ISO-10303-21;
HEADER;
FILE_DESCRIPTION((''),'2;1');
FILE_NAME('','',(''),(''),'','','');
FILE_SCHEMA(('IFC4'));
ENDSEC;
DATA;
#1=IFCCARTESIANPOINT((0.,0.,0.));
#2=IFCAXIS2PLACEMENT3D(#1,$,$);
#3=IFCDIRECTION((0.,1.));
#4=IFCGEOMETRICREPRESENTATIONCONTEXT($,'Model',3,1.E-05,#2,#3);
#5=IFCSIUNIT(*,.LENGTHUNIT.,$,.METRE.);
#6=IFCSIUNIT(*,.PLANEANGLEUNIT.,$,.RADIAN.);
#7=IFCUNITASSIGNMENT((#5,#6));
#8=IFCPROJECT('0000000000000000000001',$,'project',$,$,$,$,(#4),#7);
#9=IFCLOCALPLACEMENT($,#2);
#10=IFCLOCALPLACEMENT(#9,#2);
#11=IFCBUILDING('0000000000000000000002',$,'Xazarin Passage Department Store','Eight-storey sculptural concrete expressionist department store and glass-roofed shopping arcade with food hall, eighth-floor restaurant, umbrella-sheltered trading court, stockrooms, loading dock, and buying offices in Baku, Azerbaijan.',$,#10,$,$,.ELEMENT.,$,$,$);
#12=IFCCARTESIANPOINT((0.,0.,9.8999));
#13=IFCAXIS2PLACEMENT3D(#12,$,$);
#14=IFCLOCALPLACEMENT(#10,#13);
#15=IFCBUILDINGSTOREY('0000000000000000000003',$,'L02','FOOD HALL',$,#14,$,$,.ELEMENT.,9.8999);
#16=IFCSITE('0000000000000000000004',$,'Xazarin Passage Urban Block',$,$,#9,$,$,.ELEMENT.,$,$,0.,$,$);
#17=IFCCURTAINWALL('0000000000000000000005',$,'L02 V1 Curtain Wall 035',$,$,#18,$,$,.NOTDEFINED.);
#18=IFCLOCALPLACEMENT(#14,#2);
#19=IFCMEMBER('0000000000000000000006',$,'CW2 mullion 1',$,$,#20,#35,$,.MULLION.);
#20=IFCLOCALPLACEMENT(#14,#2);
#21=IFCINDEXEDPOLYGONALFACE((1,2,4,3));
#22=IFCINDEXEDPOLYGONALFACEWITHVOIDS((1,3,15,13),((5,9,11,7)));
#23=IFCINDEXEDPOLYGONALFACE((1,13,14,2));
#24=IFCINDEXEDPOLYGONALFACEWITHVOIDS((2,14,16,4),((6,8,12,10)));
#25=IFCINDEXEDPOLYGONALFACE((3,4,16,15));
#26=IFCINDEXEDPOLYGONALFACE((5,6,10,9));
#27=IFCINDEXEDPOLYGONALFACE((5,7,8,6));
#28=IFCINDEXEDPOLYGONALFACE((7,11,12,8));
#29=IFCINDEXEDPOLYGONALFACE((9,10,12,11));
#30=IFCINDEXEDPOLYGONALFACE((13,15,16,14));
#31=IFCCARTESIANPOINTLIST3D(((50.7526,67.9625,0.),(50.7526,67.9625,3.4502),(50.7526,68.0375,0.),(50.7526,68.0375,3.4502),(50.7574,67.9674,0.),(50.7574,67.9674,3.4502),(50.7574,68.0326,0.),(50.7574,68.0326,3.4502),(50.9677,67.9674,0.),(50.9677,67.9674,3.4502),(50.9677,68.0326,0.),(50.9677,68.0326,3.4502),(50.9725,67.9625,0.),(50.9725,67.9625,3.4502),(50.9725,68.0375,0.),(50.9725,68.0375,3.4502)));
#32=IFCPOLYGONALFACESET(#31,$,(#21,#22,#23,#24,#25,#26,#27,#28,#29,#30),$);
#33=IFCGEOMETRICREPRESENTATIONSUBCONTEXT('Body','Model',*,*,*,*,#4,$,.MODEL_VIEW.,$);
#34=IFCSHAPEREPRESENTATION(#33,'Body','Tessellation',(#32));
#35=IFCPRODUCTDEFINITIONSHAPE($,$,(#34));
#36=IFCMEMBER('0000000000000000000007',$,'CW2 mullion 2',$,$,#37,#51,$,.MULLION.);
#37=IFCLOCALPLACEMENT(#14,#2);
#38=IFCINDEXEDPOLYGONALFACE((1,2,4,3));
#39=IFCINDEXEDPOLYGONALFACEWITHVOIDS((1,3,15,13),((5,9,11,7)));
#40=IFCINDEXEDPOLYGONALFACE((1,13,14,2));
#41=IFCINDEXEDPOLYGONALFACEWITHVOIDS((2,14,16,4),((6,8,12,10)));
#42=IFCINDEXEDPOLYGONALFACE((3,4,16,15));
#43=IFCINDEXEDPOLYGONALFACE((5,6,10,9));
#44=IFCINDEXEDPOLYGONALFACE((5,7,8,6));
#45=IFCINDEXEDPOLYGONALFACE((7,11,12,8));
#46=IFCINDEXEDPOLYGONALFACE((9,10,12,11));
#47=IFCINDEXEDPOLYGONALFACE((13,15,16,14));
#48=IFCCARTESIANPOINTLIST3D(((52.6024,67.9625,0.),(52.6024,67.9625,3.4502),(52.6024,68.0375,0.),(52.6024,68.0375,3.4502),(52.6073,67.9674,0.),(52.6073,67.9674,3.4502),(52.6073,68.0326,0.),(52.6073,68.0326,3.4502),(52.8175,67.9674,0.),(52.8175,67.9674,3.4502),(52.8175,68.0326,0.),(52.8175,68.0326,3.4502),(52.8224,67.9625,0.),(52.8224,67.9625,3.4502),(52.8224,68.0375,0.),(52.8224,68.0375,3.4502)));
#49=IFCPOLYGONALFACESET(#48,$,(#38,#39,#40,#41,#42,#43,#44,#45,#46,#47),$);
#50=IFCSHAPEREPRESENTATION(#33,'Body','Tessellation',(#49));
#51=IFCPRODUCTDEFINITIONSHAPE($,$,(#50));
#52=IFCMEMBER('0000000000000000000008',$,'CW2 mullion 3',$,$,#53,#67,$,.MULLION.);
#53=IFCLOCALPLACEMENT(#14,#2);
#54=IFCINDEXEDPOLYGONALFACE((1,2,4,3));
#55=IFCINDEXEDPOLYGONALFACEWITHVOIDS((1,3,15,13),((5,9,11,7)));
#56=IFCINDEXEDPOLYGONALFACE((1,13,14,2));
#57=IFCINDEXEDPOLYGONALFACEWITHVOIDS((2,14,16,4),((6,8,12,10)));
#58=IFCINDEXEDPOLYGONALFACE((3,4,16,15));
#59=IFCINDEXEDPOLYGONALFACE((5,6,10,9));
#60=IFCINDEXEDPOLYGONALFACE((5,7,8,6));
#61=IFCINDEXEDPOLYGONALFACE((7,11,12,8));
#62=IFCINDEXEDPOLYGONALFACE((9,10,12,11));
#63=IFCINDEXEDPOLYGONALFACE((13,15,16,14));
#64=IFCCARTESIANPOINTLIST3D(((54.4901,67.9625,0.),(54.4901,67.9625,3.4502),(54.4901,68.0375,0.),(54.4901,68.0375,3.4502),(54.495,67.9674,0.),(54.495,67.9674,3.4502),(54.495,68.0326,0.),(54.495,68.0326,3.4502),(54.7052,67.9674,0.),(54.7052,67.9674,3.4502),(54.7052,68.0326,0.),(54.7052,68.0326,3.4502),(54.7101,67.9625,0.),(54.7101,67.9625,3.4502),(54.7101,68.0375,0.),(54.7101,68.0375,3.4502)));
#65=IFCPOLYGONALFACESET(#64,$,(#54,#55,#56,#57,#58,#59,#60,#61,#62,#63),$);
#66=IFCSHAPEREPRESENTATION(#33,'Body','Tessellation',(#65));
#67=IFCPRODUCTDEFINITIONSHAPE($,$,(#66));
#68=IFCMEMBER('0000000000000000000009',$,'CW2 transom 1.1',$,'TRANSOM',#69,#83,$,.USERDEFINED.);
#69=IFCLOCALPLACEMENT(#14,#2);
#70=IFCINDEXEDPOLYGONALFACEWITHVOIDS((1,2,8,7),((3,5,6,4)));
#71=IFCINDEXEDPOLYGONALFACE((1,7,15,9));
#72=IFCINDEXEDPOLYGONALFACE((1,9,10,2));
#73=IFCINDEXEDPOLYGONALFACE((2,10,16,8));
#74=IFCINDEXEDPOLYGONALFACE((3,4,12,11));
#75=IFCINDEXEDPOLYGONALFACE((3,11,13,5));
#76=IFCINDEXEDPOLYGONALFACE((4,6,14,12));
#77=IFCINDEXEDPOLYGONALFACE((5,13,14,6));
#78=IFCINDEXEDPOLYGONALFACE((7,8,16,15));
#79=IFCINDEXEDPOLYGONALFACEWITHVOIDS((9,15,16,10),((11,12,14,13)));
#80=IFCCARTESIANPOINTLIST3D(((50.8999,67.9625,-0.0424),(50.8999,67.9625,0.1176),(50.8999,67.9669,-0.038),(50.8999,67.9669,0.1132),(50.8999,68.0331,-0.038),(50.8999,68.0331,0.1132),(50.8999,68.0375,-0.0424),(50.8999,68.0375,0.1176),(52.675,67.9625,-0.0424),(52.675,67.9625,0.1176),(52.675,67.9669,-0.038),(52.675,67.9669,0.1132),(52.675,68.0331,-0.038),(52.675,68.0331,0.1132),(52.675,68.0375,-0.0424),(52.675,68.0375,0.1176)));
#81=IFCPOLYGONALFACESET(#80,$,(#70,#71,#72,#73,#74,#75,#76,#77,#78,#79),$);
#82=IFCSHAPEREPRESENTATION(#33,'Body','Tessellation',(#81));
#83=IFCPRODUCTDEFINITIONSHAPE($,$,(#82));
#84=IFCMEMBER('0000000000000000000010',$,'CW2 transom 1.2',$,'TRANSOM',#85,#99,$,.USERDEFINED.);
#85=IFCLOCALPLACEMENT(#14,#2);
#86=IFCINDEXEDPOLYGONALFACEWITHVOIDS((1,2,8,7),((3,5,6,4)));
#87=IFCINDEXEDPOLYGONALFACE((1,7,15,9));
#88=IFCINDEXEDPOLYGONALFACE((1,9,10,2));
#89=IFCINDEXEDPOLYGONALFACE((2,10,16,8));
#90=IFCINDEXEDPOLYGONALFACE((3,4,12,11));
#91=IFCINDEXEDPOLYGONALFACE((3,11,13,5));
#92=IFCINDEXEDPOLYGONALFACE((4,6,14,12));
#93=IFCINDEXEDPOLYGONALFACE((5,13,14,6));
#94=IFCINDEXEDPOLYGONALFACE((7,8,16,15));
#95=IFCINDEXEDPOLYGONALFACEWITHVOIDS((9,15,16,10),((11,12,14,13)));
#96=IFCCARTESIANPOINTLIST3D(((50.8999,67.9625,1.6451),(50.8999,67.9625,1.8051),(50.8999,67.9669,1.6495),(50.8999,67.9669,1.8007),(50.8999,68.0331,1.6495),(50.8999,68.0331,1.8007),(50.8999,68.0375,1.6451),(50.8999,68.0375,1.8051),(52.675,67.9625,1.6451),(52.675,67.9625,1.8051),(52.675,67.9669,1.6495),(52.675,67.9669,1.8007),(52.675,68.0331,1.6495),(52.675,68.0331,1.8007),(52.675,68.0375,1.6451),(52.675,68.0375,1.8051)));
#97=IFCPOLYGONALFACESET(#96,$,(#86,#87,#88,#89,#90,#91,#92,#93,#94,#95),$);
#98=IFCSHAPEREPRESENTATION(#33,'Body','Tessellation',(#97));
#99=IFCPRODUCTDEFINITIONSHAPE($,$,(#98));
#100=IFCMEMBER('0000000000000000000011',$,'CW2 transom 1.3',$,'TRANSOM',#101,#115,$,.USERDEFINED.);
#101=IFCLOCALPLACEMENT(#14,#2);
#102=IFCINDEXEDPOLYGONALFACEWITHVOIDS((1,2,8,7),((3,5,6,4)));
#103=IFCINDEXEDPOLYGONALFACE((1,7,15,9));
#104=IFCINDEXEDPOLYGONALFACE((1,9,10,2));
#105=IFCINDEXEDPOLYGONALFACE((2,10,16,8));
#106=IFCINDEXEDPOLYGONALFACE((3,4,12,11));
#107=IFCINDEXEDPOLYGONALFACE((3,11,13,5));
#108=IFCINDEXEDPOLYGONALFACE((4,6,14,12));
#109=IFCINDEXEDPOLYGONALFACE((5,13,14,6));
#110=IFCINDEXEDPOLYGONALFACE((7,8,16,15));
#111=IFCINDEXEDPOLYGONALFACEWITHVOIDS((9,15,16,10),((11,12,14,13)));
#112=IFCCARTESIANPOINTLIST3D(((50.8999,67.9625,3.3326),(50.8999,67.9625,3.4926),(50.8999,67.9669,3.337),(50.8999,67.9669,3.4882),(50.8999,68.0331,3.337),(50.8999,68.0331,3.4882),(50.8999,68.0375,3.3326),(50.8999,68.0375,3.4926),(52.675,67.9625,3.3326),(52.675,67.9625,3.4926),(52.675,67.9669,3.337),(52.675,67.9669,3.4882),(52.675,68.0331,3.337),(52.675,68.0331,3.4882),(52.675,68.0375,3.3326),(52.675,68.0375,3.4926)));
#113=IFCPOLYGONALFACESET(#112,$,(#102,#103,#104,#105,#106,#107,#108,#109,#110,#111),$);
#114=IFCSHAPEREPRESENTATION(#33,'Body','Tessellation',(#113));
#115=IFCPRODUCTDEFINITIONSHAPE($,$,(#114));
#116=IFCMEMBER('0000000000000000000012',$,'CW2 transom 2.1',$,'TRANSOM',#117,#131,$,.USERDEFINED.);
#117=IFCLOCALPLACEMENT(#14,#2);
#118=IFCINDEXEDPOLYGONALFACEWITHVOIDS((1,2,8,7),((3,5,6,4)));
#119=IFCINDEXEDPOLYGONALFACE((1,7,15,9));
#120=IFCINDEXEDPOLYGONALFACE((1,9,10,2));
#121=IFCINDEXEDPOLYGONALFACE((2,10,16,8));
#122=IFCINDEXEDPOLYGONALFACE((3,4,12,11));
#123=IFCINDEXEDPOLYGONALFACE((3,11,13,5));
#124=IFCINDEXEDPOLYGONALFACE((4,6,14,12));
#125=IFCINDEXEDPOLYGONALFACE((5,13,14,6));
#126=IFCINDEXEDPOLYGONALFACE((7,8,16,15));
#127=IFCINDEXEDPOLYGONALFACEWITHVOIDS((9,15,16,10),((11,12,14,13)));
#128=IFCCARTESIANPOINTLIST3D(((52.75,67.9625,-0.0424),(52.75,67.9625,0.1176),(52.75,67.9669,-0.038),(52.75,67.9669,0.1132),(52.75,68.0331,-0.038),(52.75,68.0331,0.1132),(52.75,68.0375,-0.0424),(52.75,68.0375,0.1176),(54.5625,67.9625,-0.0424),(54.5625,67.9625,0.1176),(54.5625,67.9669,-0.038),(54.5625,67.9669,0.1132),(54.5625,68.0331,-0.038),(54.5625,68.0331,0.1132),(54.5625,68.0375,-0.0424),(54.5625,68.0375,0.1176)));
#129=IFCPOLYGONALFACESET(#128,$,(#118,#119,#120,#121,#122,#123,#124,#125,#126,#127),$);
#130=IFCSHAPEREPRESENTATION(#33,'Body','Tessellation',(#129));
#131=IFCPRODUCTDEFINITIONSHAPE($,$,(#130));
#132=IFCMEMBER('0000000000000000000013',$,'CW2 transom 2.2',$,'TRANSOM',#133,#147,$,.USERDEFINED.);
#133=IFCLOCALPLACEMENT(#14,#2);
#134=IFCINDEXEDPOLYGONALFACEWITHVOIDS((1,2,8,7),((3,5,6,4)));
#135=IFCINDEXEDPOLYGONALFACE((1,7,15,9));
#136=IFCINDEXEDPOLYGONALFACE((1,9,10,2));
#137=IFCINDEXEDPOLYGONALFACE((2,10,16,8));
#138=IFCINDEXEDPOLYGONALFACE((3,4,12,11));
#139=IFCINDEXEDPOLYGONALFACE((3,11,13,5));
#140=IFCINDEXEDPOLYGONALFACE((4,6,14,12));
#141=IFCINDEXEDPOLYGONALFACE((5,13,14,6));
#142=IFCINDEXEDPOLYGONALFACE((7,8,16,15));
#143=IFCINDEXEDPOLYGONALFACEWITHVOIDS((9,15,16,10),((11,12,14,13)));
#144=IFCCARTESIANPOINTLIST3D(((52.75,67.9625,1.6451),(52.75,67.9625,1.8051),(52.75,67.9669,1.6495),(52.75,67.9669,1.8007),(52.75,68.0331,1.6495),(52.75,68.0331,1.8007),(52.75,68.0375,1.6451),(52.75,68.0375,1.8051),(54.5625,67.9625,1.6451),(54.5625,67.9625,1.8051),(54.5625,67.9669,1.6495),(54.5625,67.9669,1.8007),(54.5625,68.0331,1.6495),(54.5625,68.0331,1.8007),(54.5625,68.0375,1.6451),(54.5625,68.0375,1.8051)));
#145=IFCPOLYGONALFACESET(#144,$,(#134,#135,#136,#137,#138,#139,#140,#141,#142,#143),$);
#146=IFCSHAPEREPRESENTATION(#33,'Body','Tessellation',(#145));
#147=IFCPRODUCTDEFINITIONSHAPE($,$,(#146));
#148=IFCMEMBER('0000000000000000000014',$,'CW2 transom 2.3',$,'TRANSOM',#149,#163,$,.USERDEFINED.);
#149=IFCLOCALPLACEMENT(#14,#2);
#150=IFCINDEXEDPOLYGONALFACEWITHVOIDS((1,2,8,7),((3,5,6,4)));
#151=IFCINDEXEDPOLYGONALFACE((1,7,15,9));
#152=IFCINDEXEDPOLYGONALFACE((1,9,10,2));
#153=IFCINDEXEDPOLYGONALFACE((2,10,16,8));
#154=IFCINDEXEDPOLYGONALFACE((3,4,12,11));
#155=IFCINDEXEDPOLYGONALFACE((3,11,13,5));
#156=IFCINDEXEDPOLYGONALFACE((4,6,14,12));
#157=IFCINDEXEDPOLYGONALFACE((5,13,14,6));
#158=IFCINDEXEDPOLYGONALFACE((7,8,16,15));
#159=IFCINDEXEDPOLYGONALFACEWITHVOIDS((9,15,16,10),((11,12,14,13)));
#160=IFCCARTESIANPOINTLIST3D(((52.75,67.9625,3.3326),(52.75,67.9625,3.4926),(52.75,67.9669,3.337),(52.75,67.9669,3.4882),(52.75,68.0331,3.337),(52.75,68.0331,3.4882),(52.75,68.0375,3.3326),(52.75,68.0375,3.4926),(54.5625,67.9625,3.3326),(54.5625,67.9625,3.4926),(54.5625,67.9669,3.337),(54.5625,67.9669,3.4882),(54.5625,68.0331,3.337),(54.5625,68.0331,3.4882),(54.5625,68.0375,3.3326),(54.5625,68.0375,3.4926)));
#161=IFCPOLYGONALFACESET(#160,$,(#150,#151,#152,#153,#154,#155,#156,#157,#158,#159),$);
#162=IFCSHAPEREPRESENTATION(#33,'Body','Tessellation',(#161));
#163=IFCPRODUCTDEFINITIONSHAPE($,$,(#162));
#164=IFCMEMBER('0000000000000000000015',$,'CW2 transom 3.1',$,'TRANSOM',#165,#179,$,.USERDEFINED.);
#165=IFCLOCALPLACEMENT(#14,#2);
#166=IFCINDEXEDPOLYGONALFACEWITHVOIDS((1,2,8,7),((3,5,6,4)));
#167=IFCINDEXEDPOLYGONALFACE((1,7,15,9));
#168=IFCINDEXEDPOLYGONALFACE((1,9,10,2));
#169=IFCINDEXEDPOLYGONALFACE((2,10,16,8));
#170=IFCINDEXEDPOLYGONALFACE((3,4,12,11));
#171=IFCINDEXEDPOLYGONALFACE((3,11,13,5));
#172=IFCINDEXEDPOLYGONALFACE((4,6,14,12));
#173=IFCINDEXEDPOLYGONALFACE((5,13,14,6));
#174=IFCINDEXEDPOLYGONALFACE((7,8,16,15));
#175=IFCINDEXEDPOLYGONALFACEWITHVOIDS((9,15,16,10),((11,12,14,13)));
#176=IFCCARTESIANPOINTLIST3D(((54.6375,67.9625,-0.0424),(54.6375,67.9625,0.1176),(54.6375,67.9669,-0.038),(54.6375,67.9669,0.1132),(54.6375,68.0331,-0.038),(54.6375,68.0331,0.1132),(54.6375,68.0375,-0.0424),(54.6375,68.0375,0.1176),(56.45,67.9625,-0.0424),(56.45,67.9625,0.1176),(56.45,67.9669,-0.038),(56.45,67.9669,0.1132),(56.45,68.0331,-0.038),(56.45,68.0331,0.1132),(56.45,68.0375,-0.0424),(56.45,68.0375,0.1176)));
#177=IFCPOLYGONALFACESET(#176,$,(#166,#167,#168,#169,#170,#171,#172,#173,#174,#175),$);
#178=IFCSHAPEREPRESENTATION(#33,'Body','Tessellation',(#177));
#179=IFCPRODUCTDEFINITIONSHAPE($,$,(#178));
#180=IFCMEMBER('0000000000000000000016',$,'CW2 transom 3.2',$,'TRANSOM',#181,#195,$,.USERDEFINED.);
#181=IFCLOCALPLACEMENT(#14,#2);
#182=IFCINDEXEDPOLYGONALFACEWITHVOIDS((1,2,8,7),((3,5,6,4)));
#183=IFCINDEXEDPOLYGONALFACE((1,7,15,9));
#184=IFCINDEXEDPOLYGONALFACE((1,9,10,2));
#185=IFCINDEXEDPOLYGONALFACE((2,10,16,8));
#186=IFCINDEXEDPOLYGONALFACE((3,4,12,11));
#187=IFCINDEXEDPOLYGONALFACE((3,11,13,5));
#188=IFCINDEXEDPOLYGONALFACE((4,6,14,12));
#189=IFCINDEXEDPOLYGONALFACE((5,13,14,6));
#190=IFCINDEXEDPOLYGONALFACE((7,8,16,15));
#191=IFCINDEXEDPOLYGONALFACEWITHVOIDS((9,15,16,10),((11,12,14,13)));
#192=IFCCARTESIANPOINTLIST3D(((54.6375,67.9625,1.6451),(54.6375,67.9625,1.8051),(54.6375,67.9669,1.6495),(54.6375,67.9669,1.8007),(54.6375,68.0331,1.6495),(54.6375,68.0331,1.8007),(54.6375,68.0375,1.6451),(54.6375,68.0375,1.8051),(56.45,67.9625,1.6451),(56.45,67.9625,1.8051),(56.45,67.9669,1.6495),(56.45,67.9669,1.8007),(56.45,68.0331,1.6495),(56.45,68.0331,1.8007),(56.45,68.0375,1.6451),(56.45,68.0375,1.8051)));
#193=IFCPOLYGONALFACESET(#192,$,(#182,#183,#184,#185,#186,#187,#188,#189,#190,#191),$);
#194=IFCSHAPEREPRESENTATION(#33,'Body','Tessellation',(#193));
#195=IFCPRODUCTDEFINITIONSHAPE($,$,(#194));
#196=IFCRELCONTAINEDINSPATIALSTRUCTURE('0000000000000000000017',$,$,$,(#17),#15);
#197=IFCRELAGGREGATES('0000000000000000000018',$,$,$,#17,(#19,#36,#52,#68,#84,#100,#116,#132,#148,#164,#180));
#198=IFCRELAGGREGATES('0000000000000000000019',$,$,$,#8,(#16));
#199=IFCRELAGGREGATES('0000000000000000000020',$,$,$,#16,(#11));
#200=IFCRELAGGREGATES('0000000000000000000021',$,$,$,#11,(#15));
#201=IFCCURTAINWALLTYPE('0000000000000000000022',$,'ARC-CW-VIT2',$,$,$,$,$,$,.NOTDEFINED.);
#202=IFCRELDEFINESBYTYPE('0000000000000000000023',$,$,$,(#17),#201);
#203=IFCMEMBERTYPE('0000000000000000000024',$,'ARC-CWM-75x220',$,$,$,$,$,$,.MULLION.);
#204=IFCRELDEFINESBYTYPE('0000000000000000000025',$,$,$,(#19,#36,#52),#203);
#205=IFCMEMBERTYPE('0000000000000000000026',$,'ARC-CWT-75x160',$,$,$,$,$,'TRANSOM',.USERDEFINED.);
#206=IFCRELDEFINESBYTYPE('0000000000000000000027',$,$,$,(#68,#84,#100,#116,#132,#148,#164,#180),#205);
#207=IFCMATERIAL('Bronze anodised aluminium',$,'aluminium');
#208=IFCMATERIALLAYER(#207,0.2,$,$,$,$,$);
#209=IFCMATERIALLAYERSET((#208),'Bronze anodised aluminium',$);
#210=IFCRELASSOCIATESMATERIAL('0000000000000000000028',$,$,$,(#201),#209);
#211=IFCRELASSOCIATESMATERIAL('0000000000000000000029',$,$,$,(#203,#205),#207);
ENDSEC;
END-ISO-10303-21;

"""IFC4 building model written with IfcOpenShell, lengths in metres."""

from ifc_helpers import new_model, si_unit, direction, frame, origin, origin_2d, place, context, subcontext, project, spatial, hollow_rectangle, extrude, material, layer, layer_set, material_profile, profile_set, type_object, element, aggregate, save


model = new_model("IFC4")

# Units and contexts
model_context = context("Model", 3, precision=1e-05, world=origin(), true_north=direction((0.0, 1.0)))
body_context = subcontext(model_context, "Body", "Model", "MODEL_VIEW")
ifc_project = project(units=[si_unit("LENGTHUNIT", "METRE"), si_unit("PLANEANGLEUNIT", "RADIAN")], contexts=[model_context])

# Site, building, storey
site_placement = place(None, origin())
site = spatial("IfcSite", under=ifc_project, at=site_placement, Name="Xazarin Passage Urban Block", CompositionType="ELEMENT", RefElevation=0.0)
building_placement = place(site_placement, origin())
building = spatial("IfcBuilding", under=site, at=building_placement, Name="Xazarin Passage Department Store", Description="Eight-storey sculptural concrete expressionist department store and glass-roofed shopping arcade with food hall, eighth-floor restaurant, umbrella-sheltered trading court, stockrooms, loading dock, and buying offices in Baku, Azerbaijan.", CompositionType="ELEMENT")
storey_placement = place(building_placement, frame((0.0, 0.0, 9.8999)))
storey = spatial("IfcBuildingStorey", under=building, at=storey_placement, Name="L02", Description="FOOD HALL", CompositionType="ELEMENT", Elevation=9.8999)

# Curtain wall, members
ifc_material_1 = material(Name="Bronze anodised aluminium", Category="aluminium")
ifc_layer_1 = layer(ifc_material_1, 0.2)
ifc_layer_set_1 = layer_set([ifc_layer_1], Name="Bronze anodised aluminium")
curtain_wall_type = type_object("IfcCurtainWallType", Name="ARC-CW-VIT2", PredefinedType="NOTDEFINED", material=ifc_layer_set_1)
curtain_wall_placement = place(storey_placement, origin())
curtain_wall = element("IfcCurtainWall", 1, at=curtain_wall_placement, inside=storey, type_object=curtain_wall_type, Name="L02 V1 Curtain Wall 035", PredefinedType="NOTDEFINED")
ifc_material_profile_1 = material_profile(ifc_material_1, hollow_rectangle(XDim=0.075, YDim=0.22, WallThickness=0.0049, at=origin_2d()), Name="ALU 75x220")
ifc_profile_set_1 = profile_set([ifc_material_profile_1], Name="Bronze anodised aluminium")
member_type_1 = type_object("IfcMemberType", Name="ARC-CWM-75x220", PredefinedType="MULLION", material=ifc_profile_set_1)
member_1_placement = place(storey_placement, frame((50.8625, 68.0, 0.0), z_axis=(0.0, 0.0, 1.0), x_axis=(0.0, 1.0, 0.0)))
member_1 = element("IfcMember", 2, at=member_1_placement, type_object=member_type_1, Name="CW2 mullion 1", PredefinedType="MULLION", context=body_context, shape_type="SweptSolid", body=[
    extrude(hollow_rectangle(XDim=0.075, YDim=0.22, WallThickness=0.0049, at=origin_2d()), origin(), (0.0, 0.0, 1.0), 3.4502),
])
member_2_placement = place(storey_placement, frame((52.7124, 68.0, 0.0), z_axis=(0.0, 0.0, 1.0), x_axis=(0.0, 1.0, 0.0)))
member_2 = element("IfcMember", 3, at=member_2_placement, type_object=member_type_1, Name="CW2 mullion 2", PredefinedType="MULLION", context=body_context, shape_type="SweptSolid", body=[
    extrude(hollow_rectangle(XDim=0.075, YDim=0.22, WallThickness=0.0049, at=origin_2d()), origin(), (0.0, 0.0, 1.0), 3.4502),
])
member_3_placement = place(storey_placement, frame((54.6001, 68.0, 0.0), z_axis=(0.0, 0.0, 1.0), x_axis=(0.0, 1.0, 0.0)))
member_3 = element("IfcMember", 4, at=member_3_placement, type_object=member_type_1, Name="CW2 mullion 3", PredefinedType="MULLION", context=body_context, shape_type="SweptSolid", body=[
    extrude(hollow_rectangle(XDim=0.075, YDim=0.22, WallThickness=0.0049, at=origin_2d()), origin(), (0.0, 0.0, 1.0), 3.4502),
])
ifc_material_profile_2 = material_profile(ifc_material_1, hollow_rectangle(XDim=0.075, YDim=0.1599, WallThickness=0.0044, at=origin_2d()), Name="ALU 75x160")
ifc_profile_set_2 = profile_set([ifc_material_profile_2], Name="Bronze anodised aluminium")
member_type_2 = type_object("IfcMemberType", Name="ARC-CWT-75x160", ElementType="TRANSOM", PredefinedType="USERDEFINED", material=ifc_profile_set_2)
member_4_placement = place(storey_placement, frame((50.8999, 68.0, 0.0376), z_axis=(1.0, 0.0, 0.0), x_axis=(0.0, 1.0, 0.0)))
member_4 = element("IfcMember", 5, at=member_4_placement, type_object=member_type_2, Name="CW2 transom 1.1", ObjectType="TRANSOM", PredefinedType="USERDEFINED", context=body_context, shape_type="SweptSolid", body=[
    extrude(hollow_rectangle(XDim=0.075, YDim=0.1599, WallThickness=0.0044, at=origin_2d()), origin(), (0.0, 0.0, 1.0), 1.7751),
])
member_5_placement = place(storey_placement, frame((50.8999, 68.0, 1.7251), z_axis=(1.0, 0.0, 0.0), x_axis=(0.0, 1.0, 0.0)))
member_5 = element("IfcMember", 6, at=member_5_placement, type_object=member_type_2, Name="CW2 transom 1.2", ObjectType="TRANSOM", PredefinedType="USERDEFINED", context=body_context, shape_type="SweptSolid", body=[
    extrude(hollow_rectangle(XDim=0.075, YDim=0.1599, WallThickness=0.0044, at=origin_2d()), origin(), (0.0, 0.0, 1.0), 1.7751),
])
member_6_placement = place(storey_placement, frame((50.8999, 68.0, 3.4126), z_axis=(1.0, 0.0, 0.0), x_axis=(0.0, 1.0, 0.0)))
member_6 = element("IfcMember", 7, at=member_6_placement, type_object=member_type_2, Name="CW2 transom 1.3", ObjectType="TRANSOM", PredefinedType="USERDEFINED", context=body_context, shape_type="SweptSolid", body=[
    extrude(hollow_rectangle(XDim=0.075, YDim=0.1599, WallThickness=0.0044, at=origin_2d()), origin(), (0.0, 0.0, 1.0), 1.7751),
])
member_7_placement = place(storey_placement, frame((52.75, 68.0, 0.0376), z_axis=(1.0, 0.0, 0.0), x_axis=(0.0, 1.0, 0.0)))
member_7 = element("IfcMember", 8, at=member_7_placement, type_object=member_type_2, Name="CW2 transom 2.1", ObjectType="TRANSOM", PredefinedType="USERDEFINED", context=body_context, shape_type="SweptSolid", body=[
    extrude(hollow_rectangle(XDim=0.075, YDim=0.1599, WallThickness=0.0044, at=origin_2d()), origin(), (0.0, 0.0, 1.0), 1.8125),
])
member_8_placement = place(storey_placement, frame((52.75, 68.0, 1.7251), z_axis=(1.0, 0.0, 0.0), x_axis=(0.0, 1.0, 0.0)))
member_8 = element("IfcMember", 9, at=member_8_placement, type_object=member_type_2, Name="CW2 transom 2.2", ObjectType="TRANSOM", PredefinedType="USERDEFINED", context=body_context, shape_type="SweptSolid", body=[
    extrude(hollow_rectangle(XDim=0.075, YDim=0.1599, WallThickness=0.0044, at=origin_2d()), origin(), (0.0, 0.0, 1.0), 1.8125),
])
member_9_placement = place(storey_placement, frame((52.75, 68.0, 3.4126), z_axis=(1.0, 0.0, 0.0), x_axis=(0.0, 1.0, 0.0)))
member_9 = element("IfcMember", 10, at=member_9_placement, type_object=member_type_2, Name="CW2 transom 2.3", ObjectType="TRANSOM", PredefinedType="USERDEFINED", context=body_context, shape_type="SweptSolid", body=[
    extrude(hollow_rectangle(XDim=0.075, YDim=0.1599, WallThickness=0.0044, at=origin_2d()), origin(), (0.0, 0.0, 1.0), 1.8125),
])
member_10_placement = place(storey_placement, frame((54.6375, 68.0, 0.0376), z_axis=(1.0, 0.0, 0.0), x_axis=(0.0, 1.0, 0.0)))
member_10 = element("IfcMember", 11, at=member_10_placement, type_object=member_type_2, Name="CW2 transom 3.1", ObjectType="TRANSOM", PredefinedType="USERDEFINED", context=body_context, shape_type="SweptSolid", body=[
    extrude(hollow_rectangle(XDim=0.075, YDim=0.1599, WallThickness=0.0044, at=origin_2d()), origin(), (0.0, 0.0, 1.0), 1.8125),
])
member_11_placement = place(storey_placement, frame((54.6375, 68.0, 1.7251), z_axis=(1.0, 0.0, 0.0), x_axis=(0.0, 1.0, 0.0)))
member_11 = element("IfcMember", 12, at=member_11_placement, type_object=member_type_2, Name="CW2 transom 3.2", ObjectType="TRANSOM", PredefinedType="USERDEFINED", context=body_context, shape_type="SweptSolid", body=[
    extrude(hollow_rectangle(XDim=0.075, YDim=0.1599, WallThickness=0.0044, at=origin_2d()), origin(), (0.0, 0.0, 1.0), 1.8125),
])

aggregate(curtain_wall, [member_1, member_2, member_3, member_4, member_5, member_6, member_7, member_8, member_9, member_10, member_11])

save(model, "model.ifc")
